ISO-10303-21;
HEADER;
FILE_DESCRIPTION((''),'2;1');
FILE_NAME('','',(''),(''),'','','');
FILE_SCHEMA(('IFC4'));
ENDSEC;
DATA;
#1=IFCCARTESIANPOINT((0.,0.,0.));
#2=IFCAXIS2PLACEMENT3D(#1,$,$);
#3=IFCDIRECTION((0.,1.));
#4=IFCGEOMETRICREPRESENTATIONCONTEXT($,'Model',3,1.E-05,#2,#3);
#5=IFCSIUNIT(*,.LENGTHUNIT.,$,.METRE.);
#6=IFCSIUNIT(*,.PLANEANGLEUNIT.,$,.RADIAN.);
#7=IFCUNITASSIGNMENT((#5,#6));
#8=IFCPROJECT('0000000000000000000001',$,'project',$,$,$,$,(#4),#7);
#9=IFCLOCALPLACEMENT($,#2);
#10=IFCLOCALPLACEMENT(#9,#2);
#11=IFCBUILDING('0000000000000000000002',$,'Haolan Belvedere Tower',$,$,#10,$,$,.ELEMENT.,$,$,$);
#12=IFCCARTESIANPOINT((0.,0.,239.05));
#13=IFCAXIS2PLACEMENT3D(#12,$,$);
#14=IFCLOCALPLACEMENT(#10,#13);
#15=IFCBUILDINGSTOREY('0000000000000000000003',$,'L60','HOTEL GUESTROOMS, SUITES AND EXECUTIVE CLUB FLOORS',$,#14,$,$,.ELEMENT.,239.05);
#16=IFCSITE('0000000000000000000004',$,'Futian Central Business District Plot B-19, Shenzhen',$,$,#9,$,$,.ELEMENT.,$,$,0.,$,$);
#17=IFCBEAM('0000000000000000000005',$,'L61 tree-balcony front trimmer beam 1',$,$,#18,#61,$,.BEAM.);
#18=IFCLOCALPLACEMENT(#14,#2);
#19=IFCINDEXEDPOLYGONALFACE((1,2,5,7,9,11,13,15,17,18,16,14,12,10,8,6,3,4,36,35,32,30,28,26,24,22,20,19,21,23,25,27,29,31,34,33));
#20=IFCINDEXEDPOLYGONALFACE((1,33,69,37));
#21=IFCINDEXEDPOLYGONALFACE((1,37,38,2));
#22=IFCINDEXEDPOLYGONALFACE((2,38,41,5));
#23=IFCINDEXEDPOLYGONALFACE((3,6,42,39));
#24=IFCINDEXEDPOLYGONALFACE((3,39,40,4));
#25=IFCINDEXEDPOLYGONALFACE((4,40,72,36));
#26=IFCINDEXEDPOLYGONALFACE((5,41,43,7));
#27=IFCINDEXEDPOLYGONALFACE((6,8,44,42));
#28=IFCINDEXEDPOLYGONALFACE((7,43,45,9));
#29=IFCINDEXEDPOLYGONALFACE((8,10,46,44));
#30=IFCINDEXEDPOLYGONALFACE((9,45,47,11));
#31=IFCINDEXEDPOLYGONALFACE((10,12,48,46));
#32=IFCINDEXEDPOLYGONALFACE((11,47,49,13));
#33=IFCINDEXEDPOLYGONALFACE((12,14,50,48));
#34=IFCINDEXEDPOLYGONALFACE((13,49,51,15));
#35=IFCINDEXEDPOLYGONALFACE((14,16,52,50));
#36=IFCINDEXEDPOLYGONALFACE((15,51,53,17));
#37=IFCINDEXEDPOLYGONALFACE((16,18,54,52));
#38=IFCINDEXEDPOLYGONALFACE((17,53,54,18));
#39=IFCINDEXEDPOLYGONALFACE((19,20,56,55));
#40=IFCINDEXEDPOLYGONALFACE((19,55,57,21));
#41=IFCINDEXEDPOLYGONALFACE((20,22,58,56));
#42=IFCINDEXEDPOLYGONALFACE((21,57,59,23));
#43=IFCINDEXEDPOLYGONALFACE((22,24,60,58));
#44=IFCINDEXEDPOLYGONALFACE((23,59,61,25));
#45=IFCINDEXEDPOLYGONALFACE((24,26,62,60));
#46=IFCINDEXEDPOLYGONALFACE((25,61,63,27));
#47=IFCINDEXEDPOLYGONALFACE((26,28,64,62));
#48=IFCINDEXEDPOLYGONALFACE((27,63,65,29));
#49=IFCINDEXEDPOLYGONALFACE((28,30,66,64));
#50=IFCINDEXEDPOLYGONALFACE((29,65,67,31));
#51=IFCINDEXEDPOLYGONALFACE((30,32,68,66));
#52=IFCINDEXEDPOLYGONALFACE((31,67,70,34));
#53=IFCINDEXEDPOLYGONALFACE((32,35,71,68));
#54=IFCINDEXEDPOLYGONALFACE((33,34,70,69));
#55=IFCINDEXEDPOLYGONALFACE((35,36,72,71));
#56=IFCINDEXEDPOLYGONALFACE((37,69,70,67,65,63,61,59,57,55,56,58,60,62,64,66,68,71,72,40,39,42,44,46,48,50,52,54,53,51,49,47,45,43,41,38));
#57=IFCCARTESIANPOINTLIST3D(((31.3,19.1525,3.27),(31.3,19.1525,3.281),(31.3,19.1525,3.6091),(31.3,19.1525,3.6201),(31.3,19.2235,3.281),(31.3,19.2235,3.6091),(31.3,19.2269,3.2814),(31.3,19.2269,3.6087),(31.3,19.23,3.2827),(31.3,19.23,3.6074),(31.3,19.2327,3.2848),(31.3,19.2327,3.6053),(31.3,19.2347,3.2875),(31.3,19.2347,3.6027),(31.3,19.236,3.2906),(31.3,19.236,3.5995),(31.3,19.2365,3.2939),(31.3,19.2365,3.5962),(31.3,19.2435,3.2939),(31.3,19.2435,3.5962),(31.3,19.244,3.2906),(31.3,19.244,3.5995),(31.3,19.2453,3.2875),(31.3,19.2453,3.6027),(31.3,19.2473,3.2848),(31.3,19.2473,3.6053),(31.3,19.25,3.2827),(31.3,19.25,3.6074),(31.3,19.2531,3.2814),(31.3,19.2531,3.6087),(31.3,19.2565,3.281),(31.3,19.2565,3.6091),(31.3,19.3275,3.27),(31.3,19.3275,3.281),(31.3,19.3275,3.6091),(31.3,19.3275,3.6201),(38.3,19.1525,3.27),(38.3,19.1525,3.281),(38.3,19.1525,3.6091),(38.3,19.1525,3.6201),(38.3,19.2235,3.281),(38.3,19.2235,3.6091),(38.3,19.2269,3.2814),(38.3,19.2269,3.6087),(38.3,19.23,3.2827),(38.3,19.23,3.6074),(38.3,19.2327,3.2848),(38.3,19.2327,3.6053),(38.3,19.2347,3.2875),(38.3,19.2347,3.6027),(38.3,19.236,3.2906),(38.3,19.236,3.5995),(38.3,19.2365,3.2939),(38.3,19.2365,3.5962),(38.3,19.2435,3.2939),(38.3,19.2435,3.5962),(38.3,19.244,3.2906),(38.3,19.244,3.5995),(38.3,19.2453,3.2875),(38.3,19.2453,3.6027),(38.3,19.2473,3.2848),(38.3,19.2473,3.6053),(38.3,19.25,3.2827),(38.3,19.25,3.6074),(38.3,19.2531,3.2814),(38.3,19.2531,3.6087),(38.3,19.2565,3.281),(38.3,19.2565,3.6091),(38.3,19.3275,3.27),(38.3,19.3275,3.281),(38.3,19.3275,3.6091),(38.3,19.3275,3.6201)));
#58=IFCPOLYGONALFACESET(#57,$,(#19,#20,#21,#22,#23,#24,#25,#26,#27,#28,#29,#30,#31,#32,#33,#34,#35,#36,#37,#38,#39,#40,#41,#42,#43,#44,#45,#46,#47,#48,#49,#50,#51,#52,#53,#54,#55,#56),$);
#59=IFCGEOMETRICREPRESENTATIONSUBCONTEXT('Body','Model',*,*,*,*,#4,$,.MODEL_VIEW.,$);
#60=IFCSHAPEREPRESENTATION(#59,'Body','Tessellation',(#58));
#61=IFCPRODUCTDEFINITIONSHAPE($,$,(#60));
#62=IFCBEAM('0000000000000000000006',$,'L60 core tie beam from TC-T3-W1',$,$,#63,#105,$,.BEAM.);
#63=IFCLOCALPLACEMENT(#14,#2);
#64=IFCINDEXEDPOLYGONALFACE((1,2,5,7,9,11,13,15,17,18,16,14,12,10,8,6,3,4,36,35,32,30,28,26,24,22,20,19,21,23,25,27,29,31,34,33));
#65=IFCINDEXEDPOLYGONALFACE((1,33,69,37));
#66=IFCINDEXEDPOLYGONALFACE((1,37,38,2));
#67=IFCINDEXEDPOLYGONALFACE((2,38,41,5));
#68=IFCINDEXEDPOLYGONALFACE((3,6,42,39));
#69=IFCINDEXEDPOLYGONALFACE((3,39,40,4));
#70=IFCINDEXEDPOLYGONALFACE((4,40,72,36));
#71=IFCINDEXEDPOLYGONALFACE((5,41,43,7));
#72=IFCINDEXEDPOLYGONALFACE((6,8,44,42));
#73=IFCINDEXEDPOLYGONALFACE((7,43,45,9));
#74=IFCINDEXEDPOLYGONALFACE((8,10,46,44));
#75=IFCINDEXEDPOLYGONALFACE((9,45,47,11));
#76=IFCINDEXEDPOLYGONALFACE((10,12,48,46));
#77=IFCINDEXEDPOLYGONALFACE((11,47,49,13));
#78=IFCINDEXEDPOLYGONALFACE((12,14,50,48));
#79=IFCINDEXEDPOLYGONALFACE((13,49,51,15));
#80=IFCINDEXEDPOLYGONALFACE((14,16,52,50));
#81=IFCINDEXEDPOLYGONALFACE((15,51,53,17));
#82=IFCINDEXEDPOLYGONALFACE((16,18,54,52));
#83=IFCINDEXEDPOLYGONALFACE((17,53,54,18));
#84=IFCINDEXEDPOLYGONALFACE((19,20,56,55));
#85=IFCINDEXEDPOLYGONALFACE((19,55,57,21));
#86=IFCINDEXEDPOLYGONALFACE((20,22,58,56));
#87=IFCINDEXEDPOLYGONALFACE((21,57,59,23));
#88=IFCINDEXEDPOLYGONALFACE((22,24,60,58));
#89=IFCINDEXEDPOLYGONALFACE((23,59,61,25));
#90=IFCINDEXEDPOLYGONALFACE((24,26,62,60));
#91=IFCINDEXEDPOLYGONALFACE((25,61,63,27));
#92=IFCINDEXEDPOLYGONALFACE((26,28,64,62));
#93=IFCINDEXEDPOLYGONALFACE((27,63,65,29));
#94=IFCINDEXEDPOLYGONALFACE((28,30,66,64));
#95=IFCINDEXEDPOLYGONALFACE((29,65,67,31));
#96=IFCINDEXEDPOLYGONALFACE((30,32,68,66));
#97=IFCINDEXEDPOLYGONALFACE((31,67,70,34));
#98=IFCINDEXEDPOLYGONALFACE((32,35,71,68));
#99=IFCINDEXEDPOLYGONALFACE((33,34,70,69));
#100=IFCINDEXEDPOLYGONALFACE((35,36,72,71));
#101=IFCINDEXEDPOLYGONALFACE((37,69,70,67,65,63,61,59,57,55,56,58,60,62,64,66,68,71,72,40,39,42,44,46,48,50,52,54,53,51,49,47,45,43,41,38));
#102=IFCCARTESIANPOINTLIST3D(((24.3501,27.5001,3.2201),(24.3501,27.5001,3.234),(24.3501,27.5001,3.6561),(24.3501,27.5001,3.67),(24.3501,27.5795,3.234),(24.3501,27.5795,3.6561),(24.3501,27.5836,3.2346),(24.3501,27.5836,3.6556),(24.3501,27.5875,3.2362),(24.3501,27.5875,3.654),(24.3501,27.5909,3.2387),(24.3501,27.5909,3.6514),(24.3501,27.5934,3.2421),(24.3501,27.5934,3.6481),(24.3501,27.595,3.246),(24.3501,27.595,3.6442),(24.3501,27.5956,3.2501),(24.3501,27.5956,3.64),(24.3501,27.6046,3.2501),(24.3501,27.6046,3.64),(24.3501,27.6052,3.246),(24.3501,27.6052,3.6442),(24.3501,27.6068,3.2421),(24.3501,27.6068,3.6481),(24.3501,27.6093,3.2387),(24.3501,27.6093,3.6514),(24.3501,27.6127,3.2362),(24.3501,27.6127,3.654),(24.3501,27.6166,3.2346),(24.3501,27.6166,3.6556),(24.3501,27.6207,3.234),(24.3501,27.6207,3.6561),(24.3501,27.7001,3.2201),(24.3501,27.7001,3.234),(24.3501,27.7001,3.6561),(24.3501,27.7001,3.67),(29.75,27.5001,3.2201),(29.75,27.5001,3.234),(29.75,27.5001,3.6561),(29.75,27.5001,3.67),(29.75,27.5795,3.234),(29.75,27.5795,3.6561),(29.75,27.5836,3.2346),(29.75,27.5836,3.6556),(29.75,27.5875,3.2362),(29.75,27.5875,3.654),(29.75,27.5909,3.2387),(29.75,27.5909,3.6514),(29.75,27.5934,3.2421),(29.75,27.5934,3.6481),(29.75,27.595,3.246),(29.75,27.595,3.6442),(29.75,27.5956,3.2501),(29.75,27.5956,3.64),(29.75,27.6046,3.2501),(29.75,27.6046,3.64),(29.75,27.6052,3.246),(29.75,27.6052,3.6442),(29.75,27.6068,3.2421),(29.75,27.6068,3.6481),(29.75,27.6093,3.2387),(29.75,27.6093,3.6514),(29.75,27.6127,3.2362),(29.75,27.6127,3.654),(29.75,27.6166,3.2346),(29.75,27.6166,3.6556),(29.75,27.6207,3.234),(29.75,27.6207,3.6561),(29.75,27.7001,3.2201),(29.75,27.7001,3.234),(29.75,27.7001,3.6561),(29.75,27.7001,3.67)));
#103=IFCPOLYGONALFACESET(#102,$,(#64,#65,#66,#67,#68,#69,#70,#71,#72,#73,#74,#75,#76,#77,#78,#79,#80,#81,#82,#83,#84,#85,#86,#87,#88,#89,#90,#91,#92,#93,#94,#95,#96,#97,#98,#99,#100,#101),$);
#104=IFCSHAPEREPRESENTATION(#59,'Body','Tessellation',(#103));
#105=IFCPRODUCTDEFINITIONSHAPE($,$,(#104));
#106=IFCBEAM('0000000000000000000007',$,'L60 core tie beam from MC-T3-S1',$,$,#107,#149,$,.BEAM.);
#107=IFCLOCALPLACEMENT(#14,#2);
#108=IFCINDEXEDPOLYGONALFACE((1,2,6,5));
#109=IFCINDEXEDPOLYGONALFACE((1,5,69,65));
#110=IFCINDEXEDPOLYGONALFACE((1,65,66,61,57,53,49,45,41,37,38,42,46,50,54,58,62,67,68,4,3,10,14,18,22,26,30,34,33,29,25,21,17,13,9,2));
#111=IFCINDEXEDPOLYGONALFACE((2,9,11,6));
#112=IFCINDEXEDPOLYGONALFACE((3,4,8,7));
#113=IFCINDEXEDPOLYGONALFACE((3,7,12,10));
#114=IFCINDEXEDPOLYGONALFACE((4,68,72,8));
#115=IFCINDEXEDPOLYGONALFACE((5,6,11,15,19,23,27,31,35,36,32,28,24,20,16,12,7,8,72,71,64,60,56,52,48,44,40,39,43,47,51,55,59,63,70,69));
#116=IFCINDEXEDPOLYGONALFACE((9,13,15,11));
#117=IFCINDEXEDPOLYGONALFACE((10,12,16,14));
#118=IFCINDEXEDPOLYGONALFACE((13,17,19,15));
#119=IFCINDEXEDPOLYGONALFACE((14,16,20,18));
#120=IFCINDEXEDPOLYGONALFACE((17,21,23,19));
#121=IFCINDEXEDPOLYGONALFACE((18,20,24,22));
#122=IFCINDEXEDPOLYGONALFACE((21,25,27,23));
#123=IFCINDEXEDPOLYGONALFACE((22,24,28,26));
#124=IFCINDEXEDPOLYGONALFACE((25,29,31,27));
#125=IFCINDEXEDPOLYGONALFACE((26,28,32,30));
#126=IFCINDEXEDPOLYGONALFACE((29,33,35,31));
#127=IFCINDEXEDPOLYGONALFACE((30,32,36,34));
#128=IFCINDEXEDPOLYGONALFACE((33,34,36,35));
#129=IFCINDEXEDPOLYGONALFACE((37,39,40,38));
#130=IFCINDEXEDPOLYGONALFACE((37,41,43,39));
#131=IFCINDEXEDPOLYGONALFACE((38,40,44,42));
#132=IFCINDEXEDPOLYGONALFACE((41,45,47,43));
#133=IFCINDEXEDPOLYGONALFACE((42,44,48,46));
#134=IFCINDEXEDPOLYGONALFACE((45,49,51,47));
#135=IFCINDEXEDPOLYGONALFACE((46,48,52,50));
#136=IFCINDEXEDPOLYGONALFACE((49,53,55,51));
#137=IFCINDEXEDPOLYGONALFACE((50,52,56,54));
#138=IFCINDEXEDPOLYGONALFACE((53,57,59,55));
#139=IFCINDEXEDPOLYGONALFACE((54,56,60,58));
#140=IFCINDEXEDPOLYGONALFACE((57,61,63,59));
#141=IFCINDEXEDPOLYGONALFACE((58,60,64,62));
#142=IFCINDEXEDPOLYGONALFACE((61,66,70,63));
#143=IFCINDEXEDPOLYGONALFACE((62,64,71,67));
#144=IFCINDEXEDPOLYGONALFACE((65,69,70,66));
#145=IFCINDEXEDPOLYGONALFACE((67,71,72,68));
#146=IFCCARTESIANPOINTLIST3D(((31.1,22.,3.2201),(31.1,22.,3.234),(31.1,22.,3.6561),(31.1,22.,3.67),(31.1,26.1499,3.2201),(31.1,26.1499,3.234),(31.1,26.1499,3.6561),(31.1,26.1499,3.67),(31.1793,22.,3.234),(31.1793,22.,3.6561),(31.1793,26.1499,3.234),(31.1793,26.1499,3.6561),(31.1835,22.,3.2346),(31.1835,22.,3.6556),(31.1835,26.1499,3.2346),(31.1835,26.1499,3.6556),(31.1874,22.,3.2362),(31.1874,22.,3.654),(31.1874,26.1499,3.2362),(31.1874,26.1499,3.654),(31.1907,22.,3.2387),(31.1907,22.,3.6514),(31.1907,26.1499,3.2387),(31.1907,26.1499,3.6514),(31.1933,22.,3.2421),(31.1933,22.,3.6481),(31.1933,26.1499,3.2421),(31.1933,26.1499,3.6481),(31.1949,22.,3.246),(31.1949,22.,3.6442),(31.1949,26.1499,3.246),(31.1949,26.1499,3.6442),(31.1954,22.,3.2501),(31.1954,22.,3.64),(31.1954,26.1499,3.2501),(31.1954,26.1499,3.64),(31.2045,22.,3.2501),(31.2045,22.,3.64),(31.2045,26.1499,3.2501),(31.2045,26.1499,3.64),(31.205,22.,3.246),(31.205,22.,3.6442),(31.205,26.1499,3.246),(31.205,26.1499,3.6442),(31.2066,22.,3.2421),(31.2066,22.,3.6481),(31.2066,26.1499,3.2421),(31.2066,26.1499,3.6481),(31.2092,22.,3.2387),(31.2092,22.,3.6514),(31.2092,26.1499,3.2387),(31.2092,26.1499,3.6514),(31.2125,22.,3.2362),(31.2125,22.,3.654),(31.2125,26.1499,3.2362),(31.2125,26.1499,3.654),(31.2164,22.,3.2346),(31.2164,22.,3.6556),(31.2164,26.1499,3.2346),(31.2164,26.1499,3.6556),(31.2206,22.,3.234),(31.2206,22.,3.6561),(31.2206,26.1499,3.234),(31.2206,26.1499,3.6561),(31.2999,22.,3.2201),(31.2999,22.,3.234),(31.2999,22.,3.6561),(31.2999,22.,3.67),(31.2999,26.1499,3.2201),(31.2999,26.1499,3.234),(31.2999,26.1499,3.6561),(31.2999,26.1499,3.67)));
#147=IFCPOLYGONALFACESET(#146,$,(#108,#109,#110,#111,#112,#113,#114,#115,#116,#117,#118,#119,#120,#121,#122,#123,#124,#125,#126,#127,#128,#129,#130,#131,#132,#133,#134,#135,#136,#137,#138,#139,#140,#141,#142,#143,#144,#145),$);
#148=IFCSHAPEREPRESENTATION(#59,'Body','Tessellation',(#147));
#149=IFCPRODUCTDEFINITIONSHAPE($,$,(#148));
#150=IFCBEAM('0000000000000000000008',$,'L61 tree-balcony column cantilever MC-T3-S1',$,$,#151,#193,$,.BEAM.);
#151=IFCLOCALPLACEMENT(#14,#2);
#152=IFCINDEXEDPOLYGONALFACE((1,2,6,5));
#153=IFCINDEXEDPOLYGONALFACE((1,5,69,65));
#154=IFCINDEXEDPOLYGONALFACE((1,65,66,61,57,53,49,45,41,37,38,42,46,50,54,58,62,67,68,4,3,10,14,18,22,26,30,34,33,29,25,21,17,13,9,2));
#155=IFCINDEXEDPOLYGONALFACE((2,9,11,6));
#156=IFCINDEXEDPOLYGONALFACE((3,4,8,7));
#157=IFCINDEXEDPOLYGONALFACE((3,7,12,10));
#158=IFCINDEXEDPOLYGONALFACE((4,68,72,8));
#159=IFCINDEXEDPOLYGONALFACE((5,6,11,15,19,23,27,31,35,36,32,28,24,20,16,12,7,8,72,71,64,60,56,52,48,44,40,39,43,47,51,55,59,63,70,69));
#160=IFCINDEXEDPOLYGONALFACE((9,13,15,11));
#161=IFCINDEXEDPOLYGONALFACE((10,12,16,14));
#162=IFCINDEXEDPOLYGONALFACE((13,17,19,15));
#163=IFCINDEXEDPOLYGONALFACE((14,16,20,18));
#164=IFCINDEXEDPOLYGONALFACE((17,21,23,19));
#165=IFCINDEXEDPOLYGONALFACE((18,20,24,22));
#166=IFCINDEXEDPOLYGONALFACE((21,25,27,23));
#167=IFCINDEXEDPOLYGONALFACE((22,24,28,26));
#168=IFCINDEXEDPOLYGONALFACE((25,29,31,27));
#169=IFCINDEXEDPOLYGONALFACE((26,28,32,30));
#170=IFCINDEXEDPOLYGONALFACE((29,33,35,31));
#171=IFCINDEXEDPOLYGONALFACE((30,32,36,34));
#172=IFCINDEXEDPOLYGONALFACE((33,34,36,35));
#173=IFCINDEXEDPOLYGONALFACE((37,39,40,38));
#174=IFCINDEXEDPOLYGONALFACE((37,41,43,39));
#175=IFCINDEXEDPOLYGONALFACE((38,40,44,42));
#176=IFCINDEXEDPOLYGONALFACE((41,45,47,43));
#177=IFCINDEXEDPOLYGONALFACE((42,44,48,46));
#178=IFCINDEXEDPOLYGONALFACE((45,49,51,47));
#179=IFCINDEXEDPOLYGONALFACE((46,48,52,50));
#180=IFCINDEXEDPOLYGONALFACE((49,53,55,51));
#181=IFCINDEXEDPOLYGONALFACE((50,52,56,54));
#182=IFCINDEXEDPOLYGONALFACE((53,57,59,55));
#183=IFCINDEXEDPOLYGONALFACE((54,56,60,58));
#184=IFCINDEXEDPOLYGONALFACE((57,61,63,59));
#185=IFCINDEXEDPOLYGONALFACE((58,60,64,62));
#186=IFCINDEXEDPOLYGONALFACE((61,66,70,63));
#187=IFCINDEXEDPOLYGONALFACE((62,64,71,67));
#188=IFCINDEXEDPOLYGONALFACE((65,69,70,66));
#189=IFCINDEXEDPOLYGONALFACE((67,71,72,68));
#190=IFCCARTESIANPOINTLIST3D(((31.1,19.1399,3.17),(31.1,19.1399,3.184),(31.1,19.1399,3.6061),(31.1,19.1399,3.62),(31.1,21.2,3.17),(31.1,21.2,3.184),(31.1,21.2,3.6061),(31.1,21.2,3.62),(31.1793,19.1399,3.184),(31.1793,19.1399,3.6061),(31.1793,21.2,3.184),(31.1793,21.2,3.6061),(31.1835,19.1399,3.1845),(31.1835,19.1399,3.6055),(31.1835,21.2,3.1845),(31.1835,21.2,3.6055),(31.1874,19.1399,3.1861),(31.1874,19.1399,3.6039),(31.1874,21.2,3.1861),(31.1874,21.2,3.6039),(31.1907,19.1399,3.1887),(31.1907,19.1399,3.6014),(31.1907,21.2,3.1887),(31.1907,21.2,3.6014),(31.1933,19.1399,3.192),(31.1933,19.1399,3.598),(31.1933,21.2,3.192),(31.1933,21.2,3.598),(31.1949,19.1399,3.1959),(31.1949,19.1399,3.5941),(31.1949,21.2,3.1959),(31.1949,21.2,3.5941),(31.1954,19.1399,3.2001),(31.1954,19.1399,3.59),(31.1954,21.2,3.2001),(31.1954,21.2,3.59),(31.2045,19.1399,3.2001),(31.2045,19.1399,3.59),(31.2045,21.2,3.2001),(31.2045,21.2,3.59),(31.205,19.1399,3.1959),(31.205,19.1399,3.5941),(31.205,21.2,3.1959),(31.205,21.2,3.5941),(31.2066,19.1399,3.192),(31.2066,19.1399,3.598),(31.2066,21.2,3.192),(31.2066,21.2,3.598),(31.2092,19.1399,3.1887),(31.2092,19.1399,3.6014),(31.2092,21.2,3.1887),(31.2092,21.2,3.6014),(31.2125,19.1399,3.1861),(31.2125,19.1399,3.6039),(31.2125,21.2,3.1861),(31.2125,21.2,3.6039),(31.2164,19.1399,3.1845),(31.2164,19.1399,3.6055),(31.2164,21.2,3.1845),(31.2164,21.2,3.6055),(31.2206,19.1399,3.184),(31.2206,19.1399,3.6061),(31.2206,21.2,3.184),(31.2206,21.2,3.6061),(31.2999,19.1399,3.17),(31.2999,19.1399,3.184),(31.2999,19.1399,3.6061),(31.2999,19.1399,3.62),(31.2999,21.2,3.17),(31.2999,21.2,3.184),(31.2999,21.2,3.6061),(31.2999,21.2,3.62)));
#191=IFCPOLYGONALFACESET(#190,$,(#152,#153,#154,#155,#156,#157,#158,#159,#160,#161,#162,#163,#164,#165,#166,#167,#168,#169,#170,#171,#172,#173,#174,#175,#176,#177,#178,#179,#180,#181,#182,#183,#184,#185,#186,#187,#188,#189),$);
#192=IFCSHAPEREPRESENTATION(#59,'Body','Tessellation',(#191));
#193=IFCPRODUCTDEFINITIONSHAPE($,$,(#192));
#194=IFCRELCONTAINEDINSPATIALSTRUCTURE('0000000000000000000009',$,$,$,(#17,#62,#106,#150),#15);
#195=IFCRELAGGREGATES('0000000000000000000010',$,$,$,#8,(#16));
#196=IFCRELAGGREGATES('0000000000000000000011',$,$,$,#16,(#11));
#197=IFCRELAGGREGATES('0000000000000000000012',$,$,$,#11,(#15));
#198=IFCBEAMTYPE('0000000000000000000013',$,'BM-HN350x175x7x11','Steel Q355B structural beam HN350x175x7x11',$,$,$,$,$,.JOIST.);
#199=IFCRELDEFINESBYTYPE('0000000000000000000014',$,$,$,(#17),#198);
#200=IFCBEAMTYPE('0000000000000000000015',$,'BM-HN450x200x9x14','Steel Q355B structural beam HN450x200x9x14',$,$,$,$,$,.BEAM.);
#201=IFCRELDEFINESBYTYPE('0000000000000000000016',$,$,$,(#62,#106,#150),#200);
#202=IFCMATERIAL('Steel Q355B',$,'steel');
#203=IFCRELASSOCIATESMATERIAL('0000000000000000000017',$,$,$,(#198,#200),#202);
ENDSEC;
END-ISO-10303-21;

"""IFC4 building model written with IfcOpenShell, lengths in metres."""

from ifc_helpers import new_model, si_unit, direction, frame, origin, origin_2d, place, context, subcontext, project, spatial, i_section, extrude, material, material_profile, profile_set, type_object, element, save


model = new_model("IFC4")

# Units and contexts
model_context = context("Model", 3, precision=1e-05, world=origin(), true_north=direction((0.0, 1.0)))
body_context = subcontext(model_context, "Body", "Model", "MODEL_VIEW")
ifc_project = project(units=[si_unit("LENGTHUNIT", "METRE"), si_unit("PLANEANGLEUNIT", "RADIAN")], contexts=[model_context])

# Site, building, storey
site_placement = place(None, origin())
site = spatial("IfcSite", under=ifc_project, at=site_placement, Name="Futian Central Business District Plot B-19, Shenzhen", CompositionType="ELEMENT", RefElevation=0.0)
building_placement = place(site_placement, origin())
building = spatial("IfcBuilding", under=site, at=building_placement, Name="Haolan Belvedere Tower", CompositionType="ELEMENT")
storey_placement = place(building_placement, frame((0.0, 0.0, 239.05)))
storey = spatial("IfcBuildingStorey", under=building, at=storey_placement, Name="L60", Description="HOTEL GUESTROOMS, SUITES AND EXECUTIVE CLUB FLOORS", CompositionType="ELEMENT", Elevation=239.05)

# Beams
ifc_material_1 = material(Name="Steel Q355B", Category="steel")
ifc_material_profile_1 = material_profile(ifc_material_1, i_section(OverallWidth=0.175, OverallDepth=0.3501, WebThickness=0.0071, FlangeThickness=0.011, FilletRadius=0.0129, at=origin_2d()), Name="Steel Q355B")
ifc_profile_set_1 = profile_set([ifc_material_profile_1], Name="Steel Q355B")
beam_type_1 = type_object("IfcBeamType", Name="BM-HN350x175x7x11", Description="Steel Q355B structural beam HN350x175x7x11", PredefinedType="JOIST", material=ifc_profile_set_1)
beam_1_placement = place(storey_placement, frame((31.3, 19.24, 3.4451), z_axis=(1.0, 0.0, 0.0), x_axis=(0.0, 1.0, 0.0)))
element("IfcBeam", 1, at=beam_1_placement, inside=storey, type_object=beam_type_1, Name="L61 tree-balcony front trimmer beam 1", PredefinedType="BEAM", context=body_context, shape_type="SweptSolid", body=[
    extrude(i_section(OverallWidth=0.175, OverallDepth=0.3501, WebThickness=0.0071, FlangeThickness=0.011, FilletRadius=0.0129, at=origin_2d()), origin(), (0.0, 0.0, 1.0), 7.0),
])
ifc_material_profile_2 = material_profile(ifc_material_1, i_section(OverallWidth=0.2, OverallDepth=0.45, WebThickness=0.009, FlangeThickness=0.0139, FilletRadius=0.0161, at=origin_2d()), Name="Steel Q355B")
ifc_profile_set_2 = profile_set([ifc_material_profile_2], Name="Steel Q355B")
beam_type_2 = type_object("IfcBeamType", Name="BM-HN450x200x9x14", Description="Steel Q355B structural beam HN450x200x9x14", PredefinedType="BEAM", material=ifc_profile_set_2)
beam_2_placement = place(storey_placement, frame((24.3501, 27.6001, 3.4451), z_axis=(1.0, 0.0, 0.0), x_axis=(0.0, 1.0, 0.0)))
element("IfcBeam", 2, at=beam_2_placement, inside=storey, type_object=beam_type_2, Name="L60 core tie beam from TC-T3-W1", PredefinedType="BEAM", context=body_context, shape_type="SweptSolid", body=[
    extrude(i_section(OverallWidth=0.2, OverallDepth=0.45, WebThickness=0.009, FlangeThickness=0.0139, FilletRadius=0.0161, at=origin_2d()), origin(), (0.0, 0.0, 1.0), 5.3999),
])
beam_3_placement = place(storey_placement, frame((31.2, 22.0, 3.4451), z_axis=(0.0, 1.0, 0.0), x_axis=(-1.0, 0.0, 0.0)))
element("IfcBeam", 3, at=beam_3_placement, inside=storey, type_object=beam_type_2, Name="L60 core tie beam from MC-T3-S1", PredefinedType="BEAM", context=body_context, shape_type="SweptSolid", body=[
    extrude(i_section(OverallWidth=0.2, OverallDepth=0.45, WebThickness=0.009, FlangeThickness=0.0139, FilletRadius=0.0161, at=origin_2d()), origin(), (0.0, 0.0, 1.0), 4.1499),
])
beam_4_placement = place(storey_placement, frame((31.2, 21.2, 3.395), z_axis=(0.0, -1.0, 0.0), x_axis=(1.0, 0.0, 0.0)))
element("IfcBeam", 4, at=beam_4_placement, inside=storey, type_object=beam_type_2, Name="L61 tree-balcony column cantilever MC-T3-S1", PredefinedType="BEAM", context=body_context, shape_type="SweptSolid", body=[
    extrude(i_section(OverallWidth=0.2, OverallDepth=0.45, WebThickness=0.009, FlangeThickness=0.0139, FilletRadius=0.0161, at=origin_2d()), origin(), (0.0, 0.0, 1.0), 2.0601),
])

save(model, "model.ifc")
